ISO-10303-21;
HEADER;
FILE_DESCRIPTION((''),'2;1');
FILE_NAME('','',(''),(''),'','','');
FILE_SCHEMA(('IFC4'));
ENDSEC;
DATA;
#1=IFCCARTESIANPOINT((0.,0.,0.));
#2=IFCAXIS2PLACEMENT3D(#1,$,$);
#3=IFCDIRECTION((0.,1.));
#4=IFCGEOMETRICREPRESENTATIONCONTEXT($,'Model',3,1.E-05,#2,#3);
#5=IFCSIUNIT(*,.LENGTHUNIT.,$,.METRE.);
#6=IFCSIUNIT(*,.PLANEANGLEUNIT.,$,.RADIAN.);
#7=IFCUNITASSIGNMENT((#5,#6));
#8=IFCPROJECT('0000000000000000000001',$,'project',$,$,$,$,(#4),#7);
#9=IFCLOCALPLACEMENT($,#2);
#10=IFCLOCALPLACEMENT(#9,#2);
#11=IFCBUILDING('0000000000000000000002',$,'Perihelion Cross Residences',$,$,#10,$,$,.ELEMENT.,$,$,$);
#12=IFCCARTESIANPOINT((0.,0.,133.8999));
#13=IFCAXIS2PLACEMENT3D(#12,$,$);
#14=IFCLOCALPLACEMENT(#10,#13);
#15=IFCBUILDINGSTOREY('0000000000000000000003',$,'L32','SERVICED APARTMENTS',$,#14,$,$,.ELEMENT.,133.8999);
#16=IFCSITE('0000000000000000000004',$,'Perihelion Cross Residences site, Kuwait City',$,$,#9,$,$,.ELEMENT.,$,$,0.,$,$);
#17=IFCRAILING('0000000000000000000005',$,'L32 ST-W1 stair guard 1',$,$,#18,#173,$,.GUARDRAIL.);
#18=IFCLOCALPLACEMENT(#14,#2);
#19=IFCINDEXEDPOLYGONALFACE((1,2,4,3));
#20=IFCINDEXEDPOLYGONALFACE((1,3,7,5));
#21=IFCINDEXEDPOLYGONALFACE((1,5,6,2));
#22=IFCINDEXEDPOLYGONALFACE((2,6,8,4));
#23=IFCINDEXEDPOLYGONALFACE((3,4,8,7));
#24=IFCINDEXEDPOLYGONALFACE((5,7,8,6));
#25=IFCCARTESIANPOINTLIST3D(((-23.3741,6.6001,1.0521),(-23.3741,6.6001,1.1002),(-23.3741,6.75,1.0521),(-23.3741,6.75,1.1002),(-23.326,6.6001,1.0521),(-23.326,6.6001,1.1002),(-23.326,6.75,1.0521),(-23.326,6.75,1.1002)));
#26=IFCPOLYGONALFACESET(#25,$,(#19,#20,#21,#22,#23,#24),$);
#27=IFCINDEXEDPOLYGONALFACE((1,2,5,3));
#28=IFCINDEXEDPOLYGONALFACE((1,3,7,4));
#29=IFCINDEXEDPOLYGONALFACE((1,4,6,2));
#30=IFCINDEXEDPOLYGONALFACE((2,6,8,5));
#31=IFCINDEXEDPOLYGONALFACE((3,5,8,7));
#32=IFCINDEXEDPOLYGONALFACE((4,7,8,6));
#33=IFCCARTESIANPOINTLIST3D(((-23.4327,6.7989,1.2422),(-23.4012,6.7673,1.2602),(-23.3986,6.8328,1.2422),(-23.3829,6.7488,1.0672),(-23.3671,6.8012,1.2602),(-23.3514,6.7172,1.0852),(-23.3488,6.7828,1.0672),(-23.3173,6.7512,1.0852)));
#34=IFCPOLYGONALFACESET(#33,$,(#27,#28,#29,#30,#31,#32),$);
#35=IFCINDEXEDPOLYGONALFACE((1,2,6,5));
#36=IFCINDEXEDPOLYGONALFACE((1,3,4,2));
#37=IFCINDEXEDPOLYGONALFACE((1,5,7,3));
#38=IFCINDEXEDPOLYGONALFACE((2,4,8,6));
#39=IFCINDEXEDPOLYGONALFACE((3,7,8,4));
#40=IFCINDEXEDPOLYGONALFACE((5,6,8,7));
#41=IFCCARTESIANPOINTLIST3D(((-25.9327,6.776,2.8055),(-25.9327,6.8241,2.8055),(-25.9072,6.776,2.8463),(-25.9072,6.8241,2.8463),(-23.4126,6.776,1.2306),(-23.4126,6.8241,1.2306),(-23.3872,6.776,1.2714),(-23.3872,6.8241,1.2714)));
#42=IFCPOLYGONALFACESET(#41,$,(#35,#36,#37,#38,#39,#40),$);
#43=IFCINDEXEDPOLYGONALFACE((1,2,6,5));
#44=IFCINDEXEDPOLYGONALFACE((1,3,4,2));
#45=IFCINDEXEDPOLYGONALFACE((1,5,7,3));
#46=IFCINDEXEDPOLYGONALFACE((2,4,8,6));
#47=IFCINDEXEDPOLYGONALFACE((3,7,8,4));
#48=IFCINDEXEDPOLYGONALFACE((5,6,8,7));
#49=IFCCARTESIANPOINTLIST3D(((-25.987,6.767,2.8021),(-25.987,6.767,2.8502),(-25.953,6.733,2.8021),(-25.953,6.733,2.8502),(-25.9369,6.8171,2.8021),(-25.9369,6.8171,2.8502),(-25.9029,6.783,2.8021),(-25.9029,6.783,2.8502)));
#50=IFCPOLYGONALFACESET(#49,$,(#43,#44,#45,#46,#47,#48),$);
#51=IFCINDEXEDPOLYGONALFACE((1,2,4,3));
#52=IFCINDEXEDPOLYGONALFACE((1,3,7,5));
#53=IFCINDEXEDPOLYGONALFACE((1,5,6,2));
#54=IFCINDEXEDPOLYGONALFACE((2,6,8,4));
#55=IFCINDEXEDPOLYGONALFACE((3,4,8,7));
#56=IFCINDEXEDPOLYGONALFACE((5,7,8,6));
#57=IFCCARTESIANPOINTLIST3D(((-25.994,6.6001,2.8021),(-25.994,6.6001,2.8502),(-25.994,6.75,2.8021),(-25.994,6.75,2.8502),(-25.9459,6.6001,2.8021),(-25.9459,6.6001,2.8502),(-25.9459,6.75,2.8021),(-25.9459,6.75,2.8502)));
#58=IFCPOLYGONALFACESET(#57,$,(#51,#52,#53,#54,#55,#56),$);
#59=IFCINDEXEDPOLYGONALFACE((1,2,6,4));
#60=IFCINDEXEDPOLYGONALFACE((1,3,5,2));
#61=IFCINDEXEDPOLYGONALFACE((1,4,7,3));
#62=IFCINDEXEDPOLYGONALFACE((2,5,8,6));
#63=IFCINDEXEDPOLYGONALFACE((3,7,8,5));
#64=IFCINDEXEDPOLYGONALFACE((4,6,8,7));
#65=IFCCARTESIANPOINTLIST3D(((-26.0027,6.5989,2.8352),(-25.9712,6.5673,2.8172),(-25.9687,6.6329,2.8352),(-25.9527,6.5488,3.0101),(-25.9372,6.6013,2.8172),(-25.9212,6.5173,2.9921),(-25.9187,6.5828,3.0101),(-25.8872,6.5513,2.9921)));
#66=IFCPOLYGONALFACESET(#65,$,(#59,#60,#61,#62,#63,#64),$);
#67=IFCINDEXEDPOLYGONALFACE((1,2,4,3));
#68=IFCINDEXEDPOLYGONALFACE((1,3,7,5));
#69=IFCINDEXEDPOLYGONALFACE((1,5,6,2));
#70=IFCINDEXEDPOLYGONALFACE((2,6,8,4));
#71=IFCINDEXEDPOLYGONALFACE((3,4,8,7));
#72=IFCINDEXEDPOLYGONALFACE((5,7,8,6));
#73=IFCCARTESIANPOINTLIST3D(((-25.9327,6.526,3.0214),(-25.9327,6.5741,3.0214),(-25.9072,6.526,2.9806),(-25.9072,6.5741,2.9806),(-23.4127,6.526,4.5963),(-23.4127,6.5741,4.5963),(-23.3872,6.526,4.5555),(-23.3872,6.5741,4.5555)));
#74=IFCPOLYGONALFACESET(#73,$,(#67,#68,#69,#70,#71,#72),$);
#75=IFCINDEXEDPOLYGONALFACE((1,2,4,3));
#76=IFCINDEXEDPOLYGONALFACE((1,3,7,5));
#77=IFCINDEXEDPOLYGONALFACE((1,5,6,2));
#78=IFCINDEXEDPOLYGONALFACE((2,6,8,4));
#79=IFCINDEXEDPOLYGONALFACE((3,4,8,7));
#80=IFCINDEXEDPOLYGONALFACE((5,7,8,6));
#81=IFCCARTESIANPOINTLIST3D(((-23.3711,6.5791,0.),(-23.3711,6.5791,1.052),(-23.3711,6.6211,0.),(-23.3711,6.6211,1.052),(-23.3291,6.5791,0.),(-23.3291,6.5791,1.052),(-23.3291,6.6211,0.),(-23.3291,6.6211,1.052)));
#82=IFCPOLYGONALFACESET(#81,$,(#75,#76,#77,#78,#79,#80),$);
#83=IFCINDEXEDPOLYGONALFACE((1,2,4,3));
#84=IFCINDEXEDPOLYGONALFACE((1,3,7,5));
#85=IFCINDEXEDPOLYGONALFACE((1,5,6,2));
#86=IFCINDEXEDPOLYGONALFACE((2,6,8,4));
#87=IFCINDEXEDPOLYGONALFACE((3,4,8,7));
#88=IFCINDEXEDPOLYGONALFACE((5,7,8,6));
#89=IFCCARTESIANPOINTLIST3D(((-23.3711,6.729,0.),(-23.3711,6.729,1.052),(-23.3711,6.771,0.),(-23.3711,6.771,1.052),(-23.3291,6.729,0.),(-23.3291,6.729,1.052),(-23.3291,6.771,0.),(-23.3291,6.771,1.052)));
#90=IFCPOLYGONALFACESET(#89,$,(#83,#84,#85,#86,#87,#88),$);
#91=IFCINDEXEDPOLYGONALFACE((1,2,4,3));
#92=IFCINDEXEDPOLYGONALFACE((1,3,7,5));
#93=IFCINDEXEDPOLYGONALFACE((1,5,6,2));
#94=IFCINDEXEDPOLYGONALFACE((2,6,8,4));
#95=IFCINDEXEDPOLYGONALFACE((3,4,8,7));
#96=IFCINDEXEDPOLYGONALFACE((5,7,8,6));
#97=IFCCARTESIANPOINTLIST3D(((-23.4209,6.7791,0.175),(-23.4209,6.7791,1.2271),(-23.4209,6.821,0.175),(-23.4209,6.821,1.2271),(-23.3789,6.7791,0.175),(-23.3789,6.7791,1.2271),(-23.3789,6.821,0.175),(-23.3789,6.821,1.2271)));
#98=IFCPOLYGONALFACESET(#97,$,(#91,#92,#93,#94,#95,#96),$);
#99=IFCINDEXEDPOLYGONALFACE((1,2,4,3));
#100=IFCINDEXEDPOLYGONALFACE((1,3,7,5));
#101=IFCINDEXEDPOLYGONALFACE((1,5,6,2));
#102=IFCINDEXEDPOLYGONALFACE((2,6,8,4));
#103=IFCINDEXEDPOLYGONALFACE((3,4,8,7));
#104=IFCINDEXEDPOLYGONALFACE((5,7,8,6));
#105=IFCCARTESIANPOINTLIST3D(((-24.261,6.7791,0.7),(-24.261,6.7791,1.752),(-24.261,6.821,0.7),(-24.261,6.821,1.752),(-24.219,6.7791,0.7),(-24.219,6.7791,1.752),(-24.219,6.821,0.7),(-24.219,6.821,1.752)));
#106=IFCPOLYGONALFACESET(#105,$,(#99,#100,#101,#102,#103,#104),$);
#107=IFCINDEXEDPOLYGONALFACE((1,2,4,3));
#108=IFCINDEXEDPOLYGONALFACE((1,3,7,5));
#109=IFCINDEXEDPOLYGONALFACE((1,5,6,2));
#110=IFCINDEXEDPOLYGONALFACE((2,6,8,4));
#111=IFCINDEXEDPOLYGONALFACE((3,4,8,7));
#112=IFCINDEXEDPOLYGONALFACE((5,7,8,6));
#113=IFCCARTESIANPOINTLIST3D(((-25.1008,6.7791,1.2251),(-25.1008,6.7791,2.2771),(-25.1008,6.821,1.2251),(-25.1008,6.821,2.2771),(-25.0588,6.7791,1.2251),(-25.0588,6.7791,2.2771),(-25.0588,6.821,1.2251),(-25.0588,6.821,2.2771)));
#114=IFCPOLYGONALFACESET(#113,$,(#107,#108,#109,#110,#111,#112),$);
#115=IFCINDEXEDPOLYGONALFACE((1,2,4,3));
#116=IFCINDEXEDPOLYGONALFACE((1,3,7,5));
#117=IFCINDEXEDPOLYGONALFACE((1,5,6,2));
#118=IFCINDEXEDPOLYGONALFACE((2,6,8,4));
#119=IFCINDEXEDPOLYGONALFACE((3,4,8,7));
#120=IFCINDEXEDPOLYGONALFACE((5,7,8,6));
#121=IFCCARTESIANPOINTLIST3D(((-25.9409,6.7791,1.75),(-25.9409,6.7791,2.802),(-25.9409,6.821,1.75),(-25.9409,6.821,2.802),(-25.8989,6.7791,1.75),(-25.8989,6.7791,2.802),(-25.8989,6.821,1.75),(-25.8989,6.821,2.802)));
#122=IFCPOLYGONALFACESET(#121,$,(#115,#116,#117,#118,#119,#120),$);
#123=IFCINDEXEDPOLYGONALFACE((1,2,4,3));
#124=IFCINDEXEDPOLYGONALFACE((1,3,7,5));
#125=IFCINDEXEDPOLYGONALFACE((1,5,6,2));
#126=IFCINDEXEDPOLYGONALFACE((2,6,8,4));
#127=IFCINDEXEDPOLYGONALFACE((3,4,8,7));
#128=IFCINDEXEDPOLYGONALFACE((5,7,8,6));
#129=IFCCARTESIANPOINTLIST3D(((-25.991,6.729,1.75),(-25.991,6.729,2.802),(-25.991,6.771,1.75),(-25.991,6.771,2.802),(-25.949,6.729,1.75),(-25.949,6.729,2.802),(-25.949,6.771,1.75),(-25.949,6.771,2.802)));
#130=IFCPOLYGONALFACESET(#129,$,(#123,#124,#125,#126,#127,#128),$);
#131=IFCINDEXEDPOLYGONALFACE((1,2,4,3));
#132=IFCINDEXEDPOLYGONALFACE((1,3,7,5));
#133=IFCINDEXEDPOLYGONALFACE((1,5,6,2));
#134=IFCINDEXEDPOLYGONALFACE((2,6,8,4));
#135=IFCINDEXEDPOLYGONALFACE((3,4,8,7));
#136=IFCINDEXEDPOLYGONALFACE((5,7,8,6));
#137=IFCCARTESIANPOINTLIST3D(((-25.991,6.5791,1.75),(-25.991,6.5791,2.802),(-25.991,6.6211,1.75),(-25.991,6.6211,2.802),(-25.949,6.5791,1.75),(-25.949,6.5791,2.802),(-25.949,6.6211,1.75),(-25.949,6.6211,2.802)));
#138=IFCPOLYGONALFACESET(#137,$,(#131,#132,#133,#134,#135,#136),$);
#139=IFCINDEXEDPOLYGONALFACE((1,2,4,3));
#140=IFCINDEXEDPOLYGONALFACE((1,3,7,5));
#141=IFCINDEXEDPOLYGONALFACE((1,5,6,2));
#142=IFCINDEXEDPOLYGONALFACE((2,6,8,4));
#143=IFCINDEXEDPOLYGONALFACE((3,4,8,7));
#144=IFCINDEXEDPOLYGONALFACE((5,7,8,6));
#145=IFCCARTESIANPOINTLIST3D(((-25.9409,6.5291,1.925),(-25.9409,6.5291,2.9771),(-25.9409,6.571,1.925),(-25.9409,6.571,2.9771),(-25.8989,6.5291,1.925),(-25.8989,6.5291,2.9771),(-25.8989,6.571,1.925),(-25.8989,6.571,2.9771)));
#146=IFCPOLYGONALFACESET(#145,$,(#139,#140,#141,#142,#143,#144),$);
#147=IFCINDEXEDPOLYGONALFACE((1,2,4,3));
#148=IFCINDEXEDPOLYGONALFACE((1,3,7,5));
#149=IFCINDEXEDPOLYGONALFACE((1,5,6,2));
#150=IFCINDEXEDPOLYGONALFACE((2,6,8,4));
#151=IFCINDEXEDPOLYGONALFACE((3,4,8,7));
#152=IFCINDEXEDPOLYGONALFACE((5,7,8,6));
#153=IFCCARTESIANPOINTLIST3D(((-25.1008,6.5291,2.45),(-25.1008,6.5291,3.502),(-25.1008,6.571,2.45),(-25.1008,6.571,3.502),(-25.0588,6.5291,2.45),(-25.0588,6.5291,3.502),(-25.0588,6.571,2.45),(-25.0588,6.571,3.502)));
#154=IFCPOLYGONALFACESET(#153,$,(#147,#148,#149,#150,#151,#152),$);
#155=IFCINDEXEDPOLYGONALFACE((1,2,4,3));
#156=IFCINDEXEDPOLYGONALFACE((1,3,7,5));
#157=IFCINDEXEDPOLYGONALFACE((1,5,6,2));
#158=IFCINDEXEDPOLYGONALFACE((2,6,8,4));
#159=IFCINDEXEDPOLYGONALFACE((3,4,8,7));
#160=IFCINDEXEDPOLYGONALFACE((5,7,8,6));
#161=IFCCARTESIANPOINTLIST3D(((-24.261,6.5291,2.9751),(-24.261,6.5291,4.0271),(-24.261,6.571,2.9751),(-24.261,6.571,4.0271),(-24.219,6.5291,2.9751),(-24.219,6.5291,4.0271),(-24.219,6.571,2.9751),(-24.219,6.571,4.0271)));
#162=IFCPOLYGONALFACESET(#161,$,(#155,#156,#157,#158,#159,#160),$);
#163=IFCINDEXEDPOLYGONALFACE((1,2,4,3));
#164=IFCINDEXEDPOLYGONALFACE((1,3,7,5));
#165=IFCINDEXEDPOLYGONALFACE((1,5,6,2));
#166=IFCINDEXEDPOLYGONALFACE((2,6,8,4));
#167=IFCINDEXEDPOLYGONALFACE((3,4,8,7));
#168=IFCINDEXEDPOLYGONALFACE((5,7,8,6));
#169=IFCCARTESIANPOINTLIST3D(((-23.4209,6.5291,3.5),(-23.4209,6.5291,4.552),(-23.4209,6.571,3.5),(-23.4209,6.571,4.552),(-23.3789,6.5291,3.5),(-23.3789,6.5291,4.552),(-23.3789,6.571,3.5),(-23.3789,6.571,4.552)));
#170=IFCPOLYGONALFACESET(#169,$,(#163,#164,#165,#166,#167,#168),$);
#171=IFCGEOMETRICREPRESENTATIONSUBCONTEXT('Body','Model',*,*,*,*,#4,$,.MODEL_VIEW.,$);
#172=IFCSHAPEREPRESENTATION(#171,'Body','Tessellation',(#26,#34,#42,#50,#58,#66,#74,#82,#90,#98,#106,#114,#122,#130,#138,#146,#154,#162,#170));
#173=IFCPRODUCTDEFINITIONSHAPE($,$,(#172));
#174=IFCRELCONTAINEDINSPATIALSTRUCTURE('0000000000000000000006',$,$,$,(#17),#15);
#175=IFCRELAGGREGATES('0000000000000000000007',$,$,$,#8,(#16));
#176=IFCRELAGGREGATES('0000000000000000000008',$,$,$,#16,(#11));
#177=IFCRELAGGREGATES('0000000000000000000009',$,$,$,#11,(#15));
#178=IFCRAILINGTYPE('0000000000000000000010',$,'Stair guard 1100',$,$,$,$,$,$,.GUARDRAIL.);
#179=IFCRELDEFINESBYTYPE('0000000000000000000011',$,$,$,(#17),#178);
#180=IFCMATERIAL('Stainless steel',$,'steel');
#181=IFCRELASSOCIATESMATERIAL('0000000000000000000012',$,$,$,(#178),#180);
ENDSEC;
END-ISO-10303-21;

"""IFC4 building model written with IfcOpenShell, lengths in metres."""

from ifc_helpers import new_model, si_unit, direction, frame, origin, origin_2d, place, context, subcontext, project, spatial, rectangle, extrude, material, type_object, element, save


model = new_model("IFC4")

# Units and contexts
model_context = context("Model", 3, precision=1e-05, world=origin(), true_north=direction((0.0, 1.0)))
body_context = subcontext(model_context, "Body", "Model", "MODEL_VIEW")
ifc_project = project(units=[si_unit("LENGTHUNIT", "METRE"), si_unit("PLANEANGLEUNIT", "RADIAN")], contexts=[model_context])

# Site, building, storey
site_placement = place(None, origin())
site = spatial("IfcSite", under=ifc_project, at=site_placement, Name="Perihelion Cross Residences site, Kuwait City", CompositionType="ELEMENT", RefElevation=0.0)
building_placement = place(site_placement, origin())
building = spatial("IfcBuilding", under=site, at=building_placement, Name="Perihelion Cross Residences", CompositionType="ELEMENT")
storey_placement = place(building_placement, frame((0.0, 0.0, 133.8999)))
storey = spatial("IfcBuildingStorey", under=building, at=storey_placement, Name="L32", Description="SERVICED APARTMENTS", CompositionType="ELEMENT", Elevation=133.8999)

# Railing
ifc_material_1 = material(Name="Stainless steel", Category="steel")
railing_type_1 = type_object("IfcRailingType", Name="Stair guard 1100", PredefinedType="GUARDRAIL", material=ifc_material_1)
railing_1_placement = place(storey_placement, frame((-23.3501, 6.6001, 0.0)))
element("IfcRailing", 1, at=railing_1_placement, inside=storey, type_object=railing_type_1, Name="L32 ST-W1 stair guard 1", PredefinedType="GUARDRAIL", context=body_context, shape_type="SweptSolid", body=[
    extrude(rectangle(XDim=0.0481, YDim=0.0481, at=origin_2d()), frame((0.0, 0.0, 1.0762), z_axis=(0.0, 1.0, 0.0), x_axis=(-1.0, 0.0, 0.0)), (0.0, 0.0, 1.0), 0.1499),
    extrude(rectangle(XDim=0.0481, YDim=0.0481, at=origin_2d()), frame((0.0, 0.1499, 1.0762), z_axis=(-0.263862, 0.265156, 0.927399), x_axis=(-0.708834, -0.705376, 0.0)), (0.0, 0.0, 1.0), 0.1887),
    extrude(rectangle(XDim=0.0481, YDim=0.0481, at=origin_2d()), frame((-0.0498, 0.2, 1.251), z_axis=(-0.848008, 0.0, 0.529984), x_axis=(0.0, -1.0, 0.0)), (0.0, 0.0, 1.0), 2.9717),
    extrude(rectangle(XDim=0.0481, YDim=0.0481, at=origin_2d()), frame((-2.5698, 0.2, 2.8262), z_axis=(-0.707107, -0.707107, 0.0), x_axis=(0.707107, -0.707107, 0.0)), (0.0, 0.0, 1.0), 0.0708),
    extrude(rectangle(XDim=0.0481, YDim=0.0481, at=origin_2d()), frame((-2.6199, 0.1499, 2.8262), z_axis=(0.0, -1.0, 0.0), x_axis=(1.0, 0.0, 0.0)), (0.0, 0.0, 1.0), 0.1499),
    extrude(rectangle(XDim=0.0481, YDim=0.0481, at=origin_2d()), frame((-2.6199, 0.0, 2.8262), z_axis=(0.265065, -0.265065, 0.927082), x_axis=(0.707107, 0.707107, 0.0)), (0.0, 0.0, 1.0), 0.1887),
    extrude(rectangle(XDim=0.0481, YDim=0.0481, at=origin_2d()), frame((-2.5698, -0.05, 3.001), z_axis=(0.848008, 0.0, 0.529984), x_axis=(0.0, 1.0, 0.0)), (0.0, 0.0, 1.0), 2.9717),
    extrude(rectangle(XDim=0.042, YDim=0.042, at=origin_2d()), origin(), (0.0, 0.0, 1.0), 1.052),
    extrude(rectangle(XDim=0.042, YDim=0.042, at=origin_2d()), frame((0.0, 0.1499, 0.0)), (0.0, 0.0, 1.0), 1.052),
    extrude(rectangle(XDim=0.042, YDim=0.042, at=origin_2d()), frame((-0.0498, 0.2, 0.175)), (0.0, 0.0, 1.0), 1.052),
    extrude(rectangle(XDim=0.042, YDim=0.042, at=origin_2d()), frame((-0.8899, 0.2, 0.7)), (0.0, 0.0, 1.0), 1.052),
    extrude(rectangle(XDim=0.042, YDim=0.042, at=origin_2d()), frame((-1.7297, 0.2, 1.2251)), (0.0, 0.0, 1.0), 1.052),
    extrude(rectangle(XDim=0.042, YDim=0.042, at=origin_2d()), frame((-2.5698, 0.2, 1.75)), (0.0, 0.0, 1.0), 1.052),
    extrude(rectangle(XDim=0.042, YDim=0.042, at=origin_2d()), frame((-2.6199, 0.1499, 1.75)), (0.0, 0.0, 1.0), 1.052),
    extrude(rectangle(XDim=0.042, YDim=0.042, at=origin_2d()), frame((-2.6199, 0.0, 1.75)), (0.0, 0.0, 1.0), 1.052),
    extrude(rectangle(XDim=0.042, YDim=0.042, at=origin_2d()), frame((-2.5698, -0.05, 1.925)), (0.0, 0.0, 1.0), 1.052),
    extrude(rectangle(XDim=0.042, YDim=0.042, at=origin_2d()), frame((-1.7297, -0.05, 2.45)), (0.0, 0.0, 1.0), 1.052),
    extrude(rectangle(XDim=0.042, YDim=0.042, at=origin_2d()), frame((-0.8899, -0.05, 2.9751)), (0.0, 0.0, 1.0), 1.052),
    extrude(rectangle(XDim=0.042, YDim=0.042, at=origin_2d()), frame((-0.0498, -0.05, 3.5)), (0.0, 0.0, 1.0), 1.052),
])

save(model, "model.ifc")
